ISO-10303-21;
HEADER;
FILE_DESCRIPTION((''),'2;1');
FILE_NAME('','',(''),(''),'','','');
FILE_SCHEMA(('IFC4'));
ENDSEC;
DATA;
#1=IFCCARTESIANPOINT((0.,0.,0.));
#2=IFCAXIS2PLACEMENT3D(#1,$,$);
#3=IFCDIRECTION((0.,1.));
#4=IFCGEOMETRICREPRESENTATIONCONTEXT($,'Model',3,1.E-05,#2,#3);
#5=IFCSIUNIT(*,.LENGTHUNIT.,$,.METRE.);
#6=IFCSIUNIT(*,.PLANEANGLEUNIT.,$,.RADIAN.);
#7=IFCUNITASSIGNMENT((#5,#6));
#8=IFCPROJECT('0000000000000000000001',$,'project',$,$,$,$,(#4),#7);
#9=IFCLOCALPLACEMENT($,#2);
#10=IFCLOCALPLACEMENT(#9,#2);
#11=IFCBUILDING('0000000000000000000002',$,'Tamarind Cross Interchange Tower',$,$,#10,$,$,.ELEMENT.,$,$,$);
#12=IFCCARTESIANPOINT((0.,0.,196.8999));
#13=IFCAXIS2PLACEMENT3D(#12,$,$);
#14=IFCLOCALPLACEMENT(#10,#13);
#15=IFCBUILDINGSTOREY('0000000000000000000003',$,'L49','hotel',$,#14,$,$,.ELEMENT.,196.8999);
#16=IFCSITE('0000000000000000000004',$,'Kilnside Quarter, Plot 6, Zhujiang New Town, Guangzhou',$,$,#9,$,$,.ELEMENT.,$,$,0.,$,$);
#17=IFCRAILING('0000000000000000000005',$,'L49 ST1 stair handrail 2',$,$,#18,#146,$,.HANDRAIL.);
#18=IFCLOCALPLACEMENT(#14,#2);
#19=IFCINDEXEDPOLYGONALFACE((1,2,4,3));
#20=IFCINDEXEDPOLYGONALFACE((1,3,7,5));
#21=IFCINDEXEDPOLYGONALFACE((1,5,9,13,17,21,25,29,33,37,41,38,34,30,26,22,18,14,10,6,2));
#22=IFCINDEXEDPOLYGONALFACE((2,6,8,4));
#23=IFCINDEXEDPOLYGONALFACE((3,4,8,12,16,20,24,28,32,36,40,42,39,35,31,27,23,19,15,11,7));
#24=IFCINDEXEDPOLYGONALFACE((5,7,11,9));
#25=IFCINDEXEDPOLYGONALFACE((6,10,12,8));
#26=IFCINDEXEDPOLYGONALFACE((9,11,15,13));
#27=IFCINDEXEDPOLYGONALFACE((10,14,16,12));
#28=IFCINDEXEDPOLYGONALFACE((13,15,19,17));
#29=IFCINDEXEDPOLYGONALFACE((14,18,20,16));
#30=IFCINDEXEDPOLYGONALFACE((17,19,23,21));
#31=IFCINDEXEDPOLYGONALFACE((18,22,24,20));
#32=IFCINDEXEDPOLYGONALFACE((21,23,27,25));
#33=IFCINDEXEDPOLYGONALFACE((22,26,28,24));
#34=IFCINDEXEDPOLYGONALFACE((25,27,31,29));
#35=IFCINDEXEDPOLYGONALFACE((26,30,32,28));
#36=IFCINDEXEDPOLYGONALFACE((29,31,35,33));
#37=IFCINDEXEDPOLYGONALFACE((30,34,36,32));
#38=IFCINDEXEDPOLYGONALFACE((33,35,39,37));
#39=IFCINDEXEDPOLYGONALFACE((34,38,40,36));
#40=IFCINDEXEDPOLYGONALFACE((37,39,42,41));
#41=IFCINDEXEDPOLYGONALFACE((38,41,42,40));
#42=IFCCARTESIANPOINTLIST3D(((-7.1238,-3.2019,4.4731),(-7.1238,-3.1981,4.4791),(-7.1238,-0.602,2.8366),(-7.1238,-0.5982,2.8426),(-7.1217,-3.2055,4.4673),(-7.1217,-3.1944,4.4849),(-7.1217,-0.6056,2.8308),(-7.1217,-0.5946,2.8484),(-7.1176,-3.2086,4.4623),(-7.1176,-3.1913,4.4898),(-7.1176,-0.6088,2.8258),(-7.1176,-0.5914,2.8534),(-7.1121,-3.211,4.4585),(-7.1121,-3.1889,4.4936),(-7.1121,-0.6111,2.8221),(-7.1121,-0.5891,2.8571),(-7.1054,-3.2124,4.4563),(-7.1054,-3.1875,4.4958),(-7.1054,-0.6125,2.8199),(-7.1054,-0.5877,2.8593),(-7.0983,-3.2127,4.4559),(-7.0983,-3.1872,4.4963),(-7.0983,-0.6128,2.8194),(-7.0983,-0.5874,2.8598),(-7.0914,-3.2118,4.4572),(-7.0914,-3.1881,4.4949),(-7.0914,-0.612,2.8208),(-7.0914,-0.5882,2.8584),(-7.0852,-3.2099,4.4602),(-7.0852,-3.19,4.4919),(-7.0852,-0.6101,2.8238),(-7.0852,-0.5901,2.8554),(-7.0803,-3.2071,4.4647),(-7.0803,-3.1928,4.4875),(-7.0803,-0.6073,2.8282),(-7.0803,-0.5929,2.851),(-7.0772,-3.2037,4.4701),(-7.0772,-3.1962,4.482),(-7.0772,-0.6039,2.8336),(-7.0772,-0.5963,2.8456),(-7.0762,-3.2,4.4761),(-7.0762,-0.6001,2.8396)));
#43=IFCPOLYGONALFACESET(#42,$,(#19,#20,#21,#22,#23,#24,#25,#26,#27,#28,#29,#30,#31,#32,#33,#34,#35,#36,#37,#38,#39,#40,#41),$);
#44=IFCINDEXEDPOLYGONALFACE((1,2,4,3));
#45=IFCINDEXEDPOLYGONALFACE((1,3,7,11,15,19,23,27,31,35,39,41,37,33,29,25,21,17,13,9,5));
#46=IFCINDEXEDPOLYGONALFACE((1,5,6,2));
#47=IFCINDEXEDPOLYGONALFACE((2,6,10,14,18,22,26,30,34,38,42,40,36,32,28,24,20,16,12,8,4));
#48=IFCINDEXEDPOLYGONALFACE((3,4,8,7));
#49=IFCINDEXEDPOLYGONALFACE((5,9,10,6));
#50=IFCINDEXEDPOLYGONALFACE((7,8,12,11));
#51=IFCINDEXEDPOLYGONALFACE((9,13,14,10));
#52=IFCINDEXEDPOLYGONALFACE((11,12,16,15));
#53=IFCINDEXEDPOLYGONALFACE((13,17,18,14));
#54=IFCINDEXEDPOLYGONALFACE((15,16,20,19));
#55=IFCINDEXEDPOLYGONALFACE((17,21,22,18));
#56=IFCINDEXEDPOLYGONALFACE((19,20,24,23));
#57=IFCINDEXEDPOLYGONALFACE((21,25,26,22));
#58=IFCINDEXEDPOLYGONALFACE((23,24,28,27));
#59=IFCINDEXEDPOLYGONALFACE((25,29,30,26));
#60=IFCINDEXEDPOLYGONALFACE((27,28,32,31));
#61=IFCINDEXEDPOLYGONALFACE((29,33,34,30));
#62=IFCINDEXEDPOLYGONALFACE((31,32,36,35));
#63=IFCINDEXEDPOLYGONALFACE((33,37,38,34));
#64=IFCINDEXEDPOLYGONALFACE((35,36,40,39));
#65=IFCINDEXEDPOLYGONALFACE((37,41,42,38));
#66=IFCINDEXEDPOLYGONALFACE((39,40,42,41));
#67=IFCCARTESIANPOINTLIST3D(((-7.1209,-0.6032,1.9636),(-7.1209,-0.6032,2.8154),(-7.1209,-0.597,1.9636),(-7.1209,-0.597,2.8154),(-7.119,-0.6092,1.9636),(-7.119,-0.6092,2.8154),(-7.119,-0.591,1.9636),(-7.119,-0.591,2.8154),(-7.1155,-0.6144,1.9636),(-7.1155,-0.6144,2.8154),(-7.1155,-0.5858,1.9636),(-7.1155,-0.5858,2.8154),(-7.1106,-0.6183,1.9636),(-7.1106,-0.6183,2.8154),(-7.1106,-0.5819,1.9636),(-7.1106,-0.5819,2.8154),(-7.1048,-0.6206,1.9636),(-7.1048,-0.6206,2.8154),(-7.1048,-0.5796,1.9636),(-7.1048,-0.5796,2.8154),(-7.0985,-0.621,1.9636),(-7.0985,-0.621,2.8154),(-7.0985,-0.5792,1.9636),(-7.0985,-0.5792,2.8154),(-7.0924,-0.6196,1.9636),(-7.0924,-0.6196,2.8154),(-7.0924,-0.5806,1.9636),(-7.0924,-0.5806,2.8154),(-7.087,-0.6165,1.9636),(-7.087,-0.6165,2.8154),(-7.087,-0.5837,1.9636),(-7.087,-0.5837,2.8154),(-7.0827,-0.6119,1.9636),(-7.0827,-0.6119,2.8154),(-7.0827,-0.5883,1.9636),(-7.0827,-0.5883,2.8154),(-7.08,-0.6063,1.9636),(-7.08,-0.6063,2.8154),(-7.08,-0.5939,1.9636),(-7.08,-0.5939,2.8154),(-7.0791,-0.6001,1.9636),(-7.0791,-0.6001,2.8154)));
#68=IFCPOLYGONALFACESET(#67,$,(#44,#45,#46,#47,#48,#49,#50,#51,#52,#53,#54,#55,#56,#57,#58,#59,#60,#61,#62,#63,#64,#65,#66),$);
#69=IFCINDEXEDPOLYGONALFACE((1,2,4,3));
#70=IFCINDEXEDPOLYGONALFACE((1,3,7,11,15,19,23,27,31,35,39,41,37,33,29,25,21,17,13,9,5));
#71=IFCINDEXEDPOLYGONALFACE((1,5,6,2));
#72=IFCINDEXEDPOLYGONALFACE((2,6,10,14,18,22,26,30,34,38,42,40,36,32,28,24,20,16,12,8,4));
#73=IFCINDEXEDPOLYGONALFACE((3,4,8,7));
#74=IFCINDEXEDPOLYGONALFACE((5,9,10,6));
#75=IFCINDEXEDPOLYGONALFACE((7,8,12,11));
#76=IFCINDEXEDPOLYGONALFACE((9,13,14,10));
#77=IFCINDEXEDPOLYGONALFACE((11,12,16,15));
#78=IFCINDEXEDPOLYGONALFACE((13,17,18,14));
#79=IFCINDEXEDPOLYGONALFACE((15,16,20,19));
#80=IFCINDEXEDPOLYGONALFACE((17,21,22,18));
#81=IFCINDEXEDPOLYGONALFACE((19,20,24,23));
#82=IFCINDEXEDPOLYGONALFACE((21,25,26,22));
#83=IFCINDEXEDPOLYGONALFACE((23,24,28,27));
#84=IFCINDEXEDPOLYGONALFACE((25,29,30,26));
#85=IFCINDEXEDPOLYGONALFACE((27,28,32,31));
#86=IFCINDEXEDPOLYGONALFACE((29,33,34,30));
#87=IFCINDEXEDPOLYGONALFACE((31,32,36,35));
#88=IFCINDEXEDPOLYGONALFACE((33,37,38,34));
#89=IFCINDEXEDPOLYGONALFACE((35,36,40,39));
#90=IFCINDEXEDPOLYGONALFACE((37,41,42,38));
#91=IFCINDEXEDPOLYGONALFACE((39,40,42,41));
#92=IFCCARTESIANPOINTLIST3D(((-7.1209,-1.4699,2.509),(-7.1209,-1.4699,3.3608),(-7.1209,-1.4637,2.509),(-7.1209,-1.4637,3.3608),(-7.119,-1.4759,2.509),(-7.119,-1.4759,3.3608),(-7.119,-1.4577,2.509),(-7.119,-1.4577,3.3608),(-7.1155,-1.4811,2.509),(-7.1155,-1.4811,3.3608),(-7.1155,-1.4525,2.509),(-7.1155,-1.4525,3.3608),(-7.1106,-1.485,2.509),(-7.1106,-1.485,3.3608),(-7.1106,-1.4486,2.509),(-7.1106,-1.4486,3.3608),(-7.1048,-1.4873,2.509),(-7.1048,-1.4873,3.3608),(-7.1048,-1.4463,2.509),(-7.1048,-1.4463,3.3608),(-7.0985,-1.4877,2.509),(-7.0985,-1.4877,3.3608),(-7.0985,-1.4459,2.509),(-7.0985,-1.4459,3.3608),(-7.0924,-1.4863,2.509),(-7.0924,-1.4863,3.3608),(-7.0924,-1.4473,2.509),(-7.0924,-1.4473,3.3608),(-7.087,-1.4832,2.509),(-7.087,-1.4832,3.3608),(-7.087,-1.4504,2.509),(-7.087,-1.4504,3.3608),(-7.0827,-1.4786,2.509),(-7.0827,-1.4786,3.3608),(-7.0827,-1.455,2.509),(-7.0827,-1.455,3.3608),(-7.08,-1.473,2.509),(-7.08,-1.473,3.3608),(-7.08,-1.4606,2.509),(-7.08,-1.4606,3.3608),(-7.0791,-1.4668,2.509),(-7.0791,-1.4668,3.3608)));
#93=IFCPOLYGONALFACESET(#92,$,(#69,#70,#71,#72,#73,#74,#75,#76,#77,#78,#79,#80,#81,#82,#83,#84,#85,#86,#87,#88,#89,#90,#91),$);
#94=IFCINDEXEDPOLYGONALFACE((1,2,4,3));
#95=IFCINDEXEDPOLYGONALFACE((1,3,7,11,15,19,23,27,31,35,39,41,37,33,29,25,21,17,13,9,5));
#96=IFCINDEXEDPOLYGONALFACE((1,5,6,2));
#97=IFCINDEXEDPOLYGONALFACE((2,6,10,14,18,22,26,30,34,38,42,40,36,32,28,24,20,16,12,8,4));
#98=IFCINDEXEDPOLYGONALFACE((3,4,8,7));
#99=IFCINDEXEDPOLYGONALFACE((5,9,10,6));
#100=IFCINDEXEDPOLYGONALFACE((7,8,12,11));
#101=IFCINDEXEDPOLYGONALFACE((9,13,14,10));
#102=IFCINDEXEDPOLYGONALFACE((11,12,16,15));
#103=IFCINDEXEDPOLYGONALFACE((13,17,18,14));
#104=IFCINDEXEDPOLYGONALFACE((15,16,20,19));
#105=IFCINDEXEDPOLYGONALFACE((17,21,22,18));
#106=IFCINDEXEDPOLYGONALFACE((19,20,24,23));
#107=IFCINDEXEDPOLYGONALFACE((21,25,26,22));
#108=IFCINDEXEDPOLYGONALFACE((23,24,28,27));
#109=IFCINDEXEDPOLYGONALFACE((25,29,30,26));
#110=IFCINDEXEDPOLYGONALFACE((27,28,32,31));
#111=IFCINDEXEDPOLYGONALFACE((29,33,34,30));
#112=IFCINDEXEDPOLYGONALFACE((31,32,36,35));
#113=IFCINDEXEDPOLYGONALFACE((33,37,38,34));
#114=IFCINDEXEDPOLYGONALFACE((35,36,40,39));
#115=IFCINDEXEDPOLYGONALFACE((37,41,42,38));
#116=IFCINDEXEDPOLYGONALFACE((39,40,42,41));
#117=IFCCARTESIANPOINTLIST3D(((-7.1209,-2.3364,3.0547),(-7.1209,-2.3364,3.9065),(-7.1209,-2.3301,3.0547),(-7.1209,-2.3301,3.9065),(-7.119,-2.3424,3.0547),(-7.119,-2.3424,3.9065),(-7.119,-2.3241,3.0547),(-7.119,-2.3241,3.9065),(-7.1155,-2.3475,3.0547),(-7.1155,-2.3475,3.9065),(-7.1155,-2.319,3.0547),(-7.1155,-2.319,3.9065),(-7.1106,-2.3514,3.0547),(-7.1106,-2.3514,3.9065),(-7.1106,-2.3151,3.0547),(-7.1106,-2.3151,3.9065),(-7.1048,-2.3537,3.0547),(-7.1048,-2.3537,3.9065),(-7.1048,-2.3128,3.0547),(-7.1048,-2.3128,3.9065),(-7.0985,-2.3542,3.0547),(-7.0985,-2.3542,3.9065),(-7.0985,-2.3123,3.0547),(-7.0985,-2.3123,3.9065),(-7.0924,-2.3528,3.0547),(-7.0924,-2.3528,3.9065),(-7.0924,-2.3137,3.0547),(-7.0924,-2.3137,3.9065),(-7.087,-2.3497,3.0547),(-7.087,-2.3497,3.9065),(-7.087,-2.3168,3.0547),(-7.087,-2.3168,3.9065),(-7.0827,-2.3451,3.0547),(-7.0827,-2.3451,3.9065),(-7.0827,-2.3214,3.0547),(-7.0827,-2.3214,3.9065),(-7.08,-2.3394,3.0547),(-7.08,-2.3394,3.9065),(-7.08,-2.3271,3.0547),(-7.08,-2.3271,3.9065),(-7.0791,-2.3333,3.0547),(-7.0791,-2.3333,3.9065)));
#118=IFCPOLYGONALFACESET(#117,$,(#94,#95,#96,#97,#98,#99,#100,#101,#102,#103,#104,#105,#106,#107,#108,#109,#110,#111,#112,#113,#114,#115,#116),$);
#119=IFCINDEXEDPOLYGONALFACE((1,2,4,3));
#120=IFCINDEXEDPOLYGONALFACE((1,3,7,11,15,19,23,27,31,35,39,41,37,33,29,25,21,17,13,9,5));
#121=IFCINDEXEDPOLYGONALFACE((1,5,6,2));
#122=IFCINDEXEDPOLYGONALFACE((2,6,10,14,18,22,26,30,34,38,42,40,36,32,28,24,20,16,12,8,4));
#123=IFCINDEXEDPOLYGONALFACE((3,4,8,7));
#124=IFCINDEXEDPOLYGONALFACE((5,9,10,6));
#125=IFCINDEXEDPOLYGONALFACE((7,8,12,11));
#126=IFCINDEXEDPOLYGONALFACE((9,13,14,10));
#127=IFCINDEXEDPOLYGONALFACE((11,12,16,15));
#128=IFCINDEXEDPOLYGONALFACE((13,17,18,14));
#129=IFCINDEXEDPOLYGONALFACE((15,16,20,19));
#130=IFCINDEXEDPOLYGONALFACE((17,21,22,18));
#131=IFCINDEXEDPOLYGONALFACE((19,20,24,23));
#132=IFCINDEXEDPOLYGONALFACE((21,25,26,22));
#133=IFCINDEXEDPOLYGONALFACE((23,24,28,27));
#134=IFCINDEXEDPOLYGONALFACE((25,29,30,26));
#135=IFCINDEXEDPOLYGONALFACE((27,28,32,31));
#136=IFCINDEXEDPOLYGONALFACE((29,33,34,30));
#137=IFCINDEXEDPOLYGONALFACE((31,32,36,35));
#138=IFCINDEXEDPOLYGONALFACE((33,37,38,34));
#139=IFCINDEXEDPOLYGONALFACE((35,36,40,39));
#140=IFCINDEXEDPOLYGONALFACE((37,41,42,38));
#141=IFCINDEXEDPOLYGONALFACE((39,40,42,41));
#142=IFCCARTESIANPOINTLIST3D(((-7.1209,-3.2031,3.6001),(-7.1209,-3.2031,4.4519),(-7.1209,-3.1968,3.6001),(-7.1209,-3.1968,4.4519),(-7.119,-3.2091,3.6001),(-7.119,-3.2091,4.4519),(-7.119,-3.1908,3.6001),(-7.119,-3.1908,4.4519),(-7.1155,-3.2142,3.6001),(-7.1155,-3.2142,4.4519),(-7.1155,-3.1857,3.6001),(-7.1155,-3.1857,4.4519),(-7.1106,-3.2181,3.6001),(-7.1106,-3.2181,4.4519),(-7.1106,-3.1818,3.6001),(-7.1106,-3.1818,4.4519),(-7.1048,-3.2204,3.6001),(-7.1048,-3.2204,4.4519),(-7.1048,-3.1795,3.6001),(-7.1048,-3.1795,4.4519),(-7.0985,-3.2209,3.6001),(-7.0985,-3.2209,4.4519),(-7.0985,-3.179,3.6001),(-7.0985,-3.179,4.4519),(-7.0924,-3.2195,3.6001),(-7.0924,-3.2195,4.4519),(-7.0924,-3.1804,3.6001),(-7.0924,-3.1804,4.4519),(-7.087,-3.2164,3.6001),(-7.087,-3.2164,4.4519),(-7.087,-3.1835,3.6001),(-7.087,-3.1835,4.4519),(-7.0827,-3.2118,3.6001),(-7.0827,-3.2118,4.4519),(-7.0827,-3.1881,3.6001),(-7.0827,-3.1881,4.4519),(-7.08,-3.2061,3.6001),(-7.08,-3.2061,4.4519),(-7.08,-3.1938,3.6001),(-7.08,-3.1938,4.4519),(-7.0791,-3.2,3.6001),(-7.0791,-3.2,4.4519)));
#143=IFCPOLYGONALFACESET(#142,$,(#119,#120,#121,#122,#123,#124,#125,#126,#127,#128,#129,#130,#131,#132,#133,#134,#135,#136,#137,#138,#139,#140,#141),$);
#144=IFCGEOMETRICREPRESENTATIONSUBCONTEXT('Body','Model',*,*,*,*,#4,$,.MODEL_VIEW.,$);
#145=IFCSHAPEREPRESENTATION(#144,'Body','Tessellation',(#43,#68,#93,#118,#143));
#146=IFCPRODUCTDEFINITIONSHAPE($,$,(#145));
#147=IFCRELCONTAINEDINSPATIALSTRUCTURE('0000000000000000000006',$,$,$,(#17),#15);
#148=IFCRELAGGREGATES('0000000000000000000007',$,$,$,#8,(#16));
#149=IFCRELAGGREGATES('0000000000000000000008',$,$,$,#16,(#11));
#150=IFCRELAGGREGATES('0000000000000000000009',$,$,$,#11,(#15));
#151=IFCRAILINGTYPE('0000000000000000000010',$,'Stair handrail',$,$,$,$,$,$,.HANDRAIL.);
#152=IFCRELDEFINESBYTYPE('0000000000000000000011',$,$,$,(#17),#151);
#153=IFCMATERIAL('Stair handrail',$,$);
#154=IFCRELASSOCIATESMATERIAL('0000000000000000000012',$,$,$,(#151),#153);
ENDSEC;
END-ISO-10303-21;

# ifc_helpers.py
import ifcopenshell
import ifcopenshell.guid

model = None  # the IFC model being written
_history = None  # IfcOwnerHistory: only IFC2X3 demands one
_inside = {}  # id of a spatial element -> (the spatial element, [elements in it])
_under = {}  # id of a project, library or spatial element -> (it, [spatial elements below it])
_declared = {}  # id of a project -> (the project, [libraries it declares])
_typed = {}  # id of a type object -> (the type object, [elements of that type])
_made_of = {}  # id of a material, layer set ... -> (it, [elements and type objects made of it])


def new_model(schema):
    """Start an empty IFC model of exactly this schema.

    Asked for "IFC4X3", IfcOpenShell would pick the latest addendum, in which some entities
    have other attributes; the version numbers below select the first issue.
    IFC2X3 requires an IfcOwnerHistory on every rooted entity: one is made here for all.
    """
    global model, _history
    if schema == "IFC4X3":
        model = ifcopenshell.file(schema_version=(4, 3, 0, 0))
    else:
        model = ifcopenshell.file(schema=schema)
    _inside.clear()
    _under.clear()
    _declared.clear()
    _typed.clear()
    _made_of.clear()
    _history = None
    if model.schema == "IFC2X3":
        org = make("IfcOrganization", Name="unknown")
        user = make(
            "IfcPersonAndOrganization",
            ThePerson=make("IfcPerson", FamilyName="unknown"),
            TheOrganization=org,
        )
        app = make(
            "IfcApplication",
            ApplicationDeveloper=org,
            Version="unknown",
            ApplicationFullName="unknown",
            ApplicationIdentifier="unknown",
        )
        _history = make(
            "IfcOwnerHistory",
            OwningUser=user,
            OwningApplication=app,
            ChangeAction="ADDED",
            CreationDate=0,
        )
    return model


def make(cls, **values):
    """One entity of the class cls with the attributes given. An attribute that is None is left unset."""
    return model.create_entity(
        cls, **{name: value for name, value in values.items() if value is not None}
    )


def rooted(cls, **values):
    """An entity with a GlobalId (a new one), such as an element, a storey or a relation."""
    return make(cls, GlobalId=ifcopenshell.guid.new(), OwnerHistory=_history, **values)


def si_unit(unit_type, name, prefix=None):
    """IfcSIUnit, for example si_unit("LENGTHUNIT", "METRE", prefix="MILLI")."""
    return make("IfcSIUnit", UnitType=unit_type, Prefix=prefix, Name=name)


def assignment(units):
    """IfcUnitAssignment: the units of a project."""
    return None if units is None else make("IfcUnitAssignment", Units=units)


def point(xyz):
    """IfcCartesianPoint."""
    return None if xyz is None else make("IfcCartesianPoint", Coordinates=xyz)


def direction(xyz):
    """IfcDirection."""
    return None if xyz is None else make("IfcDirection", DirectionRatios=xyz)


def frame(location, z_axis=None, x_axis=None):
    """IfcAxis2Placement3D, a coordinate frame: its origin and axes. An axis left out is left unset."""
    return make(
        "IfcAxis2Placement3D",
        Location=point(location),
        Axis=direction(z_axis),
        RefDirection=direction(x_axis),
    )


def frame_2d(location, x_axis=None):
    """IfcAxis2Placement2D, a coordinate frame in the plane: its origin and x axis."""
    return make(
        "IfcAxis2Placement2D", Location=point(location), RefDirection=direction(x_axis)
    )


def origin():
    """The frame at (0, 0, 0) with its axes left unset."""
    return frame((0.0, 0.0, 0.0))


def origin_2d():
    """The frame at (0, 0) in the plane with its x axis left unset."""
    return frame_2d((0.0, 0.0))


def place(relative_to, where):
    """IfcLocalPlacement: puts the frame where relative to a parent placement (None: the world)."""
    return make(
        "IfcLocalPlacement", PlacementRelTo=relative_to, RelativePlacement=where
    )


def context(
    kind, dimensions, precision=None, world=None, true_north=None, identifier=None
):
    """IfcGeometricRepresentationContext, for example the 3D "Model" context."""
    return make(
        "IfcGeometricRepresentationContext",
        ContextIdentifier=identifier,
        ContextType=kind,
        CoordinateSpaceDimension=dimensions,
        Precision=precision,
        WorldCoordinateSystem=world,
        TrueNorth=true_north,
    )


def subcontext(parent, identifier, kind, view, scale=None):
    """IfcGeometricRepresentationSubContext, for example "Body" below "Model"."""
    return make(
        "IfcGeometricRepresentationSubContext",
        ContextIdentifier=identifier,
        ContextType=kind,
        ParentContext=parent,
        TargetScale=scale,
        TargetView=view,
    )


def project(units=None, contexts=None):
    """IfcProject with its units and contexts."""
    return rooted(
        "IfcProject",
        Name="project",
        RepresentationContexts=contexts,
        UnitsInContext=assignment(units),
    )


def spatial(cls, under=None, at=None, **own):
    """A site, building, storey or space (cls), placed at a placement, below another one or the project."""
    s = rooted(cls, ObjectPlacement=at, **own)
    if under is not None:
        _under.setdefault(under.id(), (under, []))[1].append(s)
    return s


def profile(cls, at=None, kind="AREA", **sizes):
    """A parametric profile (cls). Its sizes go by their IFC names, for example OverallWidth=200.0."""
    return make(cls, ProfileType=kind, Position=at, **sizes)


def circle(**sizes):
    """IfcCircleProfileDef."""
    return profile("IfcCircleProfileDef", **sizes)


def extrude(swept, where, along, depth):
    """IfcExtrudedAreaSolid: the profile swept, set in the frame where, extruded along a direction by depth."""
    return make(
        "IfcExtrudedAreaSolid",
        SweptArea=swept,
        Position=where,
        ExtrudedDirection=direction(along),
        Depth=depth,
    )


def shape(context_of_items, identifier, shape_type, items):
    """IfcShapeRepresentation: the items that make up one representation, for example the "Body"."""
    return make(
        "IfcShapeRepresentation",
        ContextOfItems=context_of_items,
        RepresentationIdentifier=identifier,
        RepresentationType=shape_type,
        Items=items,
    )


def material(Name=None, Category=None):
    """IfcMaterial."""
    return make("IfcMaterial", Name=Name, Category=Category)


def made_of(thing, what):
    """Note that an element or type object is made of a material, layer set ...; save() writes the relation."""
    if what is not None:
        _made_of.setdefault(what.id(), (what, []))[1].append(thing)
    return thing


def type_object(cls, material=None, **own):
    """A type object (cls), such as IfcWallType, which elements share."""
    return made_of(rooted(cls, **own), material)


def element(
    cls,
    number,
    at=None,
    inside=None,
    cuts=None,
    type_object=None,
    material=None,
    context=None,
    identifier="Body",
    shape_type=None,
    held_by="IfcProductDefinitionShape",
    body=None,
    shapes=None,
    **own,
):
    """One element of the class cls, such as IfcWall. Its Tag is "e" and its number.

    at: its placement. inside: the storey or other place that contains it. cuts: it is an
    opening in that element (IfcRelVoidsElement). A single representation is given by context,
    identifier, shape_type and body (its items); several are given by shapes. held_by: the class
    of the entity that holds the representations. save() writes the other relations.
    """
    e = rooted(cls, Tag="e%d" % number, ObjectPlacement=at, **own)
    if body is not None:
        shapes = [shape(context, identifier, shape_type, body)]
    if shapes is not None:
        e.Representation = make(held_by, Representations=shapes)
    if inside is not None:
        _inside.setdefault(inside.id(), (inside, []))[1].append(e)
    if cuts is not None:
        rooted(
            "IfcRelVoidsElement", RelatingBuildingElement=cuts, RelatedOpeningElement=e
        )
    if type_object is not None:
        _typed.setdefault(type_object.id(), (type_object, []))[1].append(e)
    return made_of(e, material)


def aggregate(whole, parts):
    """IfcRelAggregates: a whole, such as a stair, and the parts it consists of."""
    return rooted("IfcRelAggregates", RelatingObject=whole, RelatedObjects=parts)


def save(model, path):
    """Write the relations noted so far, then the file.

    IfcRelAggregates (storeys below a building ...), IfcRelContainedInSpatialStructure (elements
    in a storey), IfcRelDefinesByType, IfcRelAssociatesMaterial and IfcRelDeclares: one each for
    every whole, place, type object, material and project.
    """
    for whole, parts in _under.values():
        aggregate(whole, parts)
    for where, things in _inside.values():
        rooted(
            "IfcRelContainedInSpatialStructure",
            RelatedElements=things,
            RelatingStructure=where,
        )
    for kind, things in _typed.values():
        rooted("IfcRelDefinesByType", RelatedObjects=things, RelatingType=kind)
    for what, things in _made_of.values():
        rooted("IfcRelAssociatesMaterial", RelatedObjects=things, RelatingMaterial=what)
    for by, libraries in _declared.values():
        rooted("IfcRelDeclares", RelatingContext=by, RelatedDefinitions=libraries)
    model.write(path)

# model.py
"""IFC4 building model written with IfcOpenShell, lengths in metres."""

from ifc_helpers import new_model, si_unit, direction, frame, origin, origin_2d, place, context, subcontext, project, spatial, circle, extrude, material, type_object, element, save


model = new_model("IFC4")

# Units and contexts
model_context = context("Model", 3, precision=1e-05, world=origin(), true_north=direction((0.0, 1.0)))
body_context = subcontext(model_context, "Body", "Model", "MODEL_VIEW")
ifc_project = project(units=[si_unit("LENGTHUNIT", "METRE"), si_unit("PLANEANGLEUNIT", "RADIAN")], contexts=[model_context])

# Site, building, storey
site_placement = place(None, origin())
site = spatial("IfcSite", under=ifc_project, at=site_placement, Name="Kilnside Quarter, Plot 6, Zhujiang New Town, Guangzhou", CompositionType="ELEMENT", RefElevation=0.0)
building_placement = place(site_placement, origin())
building = spatial("IfcBuilding", under=site, at=building_placement, Name="Tamarind Cross Interchange Tower", CompositionType="ELEMENT")
storey_placement = place(building_placement, frame((0.0, 0.0, 196.8999)))
storey = spatial("IfcBuildingStorey", under=building, at=storey_placement, Name="L49", Description="hotel", CompositionType="ELEMENT", Elevation=196.8999)

# Railing
ifc_material_1 = material(Name="Stair handrail")
railing_type_1 = type_object("IfcRailingType", Name="Stair handrail", PredefinedType="HANDRAIL", material=ifc_material_1)
railing_1_placement = place(storey_placement, frame((-7.1001, -0.6001, 1.9636)))
element("IfcRailing", 1, at=railing_1_placement, inside=storey, type_object=railing_type_1, Name="L49 ST1 stair handrail 2", PredefinedType="HANDRAIL", context=body_context, shape_type="SweptSolid", body=[
    extrude(circle(Radius=0.0239, at=origin_2d()), frame((0.0, 0.0, 0.876), z_axis=(0.0, -0.846302, 0.532704), x_axis=(1.0, 0.0, 0.0)), (0.0, 0.0, 1.0), 3.072),
    extrude(circle(Radius=0.021, at=origin_2d()), origin(), (0.0, 0.0, 1.0), 0.8518),
    extrude(circle(Radius=0.021, at=origin_2d()), frame((0.0, -0.8667, 0.5454)), (0.0, 0.0, 1.0), 0.8518),
    extrude(circle(Radius=0.021, at=origin_2d()), frame((0.0, -1.7332, 1.0911)), (0.0, 0.0, 1.0), 0.8518),
    extrude(circle(Radius=0.021, at=origin_2d()), frame((0.0, -2.5999, 1.6365)), (0.0, 0.0, 1.0), 0.8518),
])

save(model, "model.ifc")
